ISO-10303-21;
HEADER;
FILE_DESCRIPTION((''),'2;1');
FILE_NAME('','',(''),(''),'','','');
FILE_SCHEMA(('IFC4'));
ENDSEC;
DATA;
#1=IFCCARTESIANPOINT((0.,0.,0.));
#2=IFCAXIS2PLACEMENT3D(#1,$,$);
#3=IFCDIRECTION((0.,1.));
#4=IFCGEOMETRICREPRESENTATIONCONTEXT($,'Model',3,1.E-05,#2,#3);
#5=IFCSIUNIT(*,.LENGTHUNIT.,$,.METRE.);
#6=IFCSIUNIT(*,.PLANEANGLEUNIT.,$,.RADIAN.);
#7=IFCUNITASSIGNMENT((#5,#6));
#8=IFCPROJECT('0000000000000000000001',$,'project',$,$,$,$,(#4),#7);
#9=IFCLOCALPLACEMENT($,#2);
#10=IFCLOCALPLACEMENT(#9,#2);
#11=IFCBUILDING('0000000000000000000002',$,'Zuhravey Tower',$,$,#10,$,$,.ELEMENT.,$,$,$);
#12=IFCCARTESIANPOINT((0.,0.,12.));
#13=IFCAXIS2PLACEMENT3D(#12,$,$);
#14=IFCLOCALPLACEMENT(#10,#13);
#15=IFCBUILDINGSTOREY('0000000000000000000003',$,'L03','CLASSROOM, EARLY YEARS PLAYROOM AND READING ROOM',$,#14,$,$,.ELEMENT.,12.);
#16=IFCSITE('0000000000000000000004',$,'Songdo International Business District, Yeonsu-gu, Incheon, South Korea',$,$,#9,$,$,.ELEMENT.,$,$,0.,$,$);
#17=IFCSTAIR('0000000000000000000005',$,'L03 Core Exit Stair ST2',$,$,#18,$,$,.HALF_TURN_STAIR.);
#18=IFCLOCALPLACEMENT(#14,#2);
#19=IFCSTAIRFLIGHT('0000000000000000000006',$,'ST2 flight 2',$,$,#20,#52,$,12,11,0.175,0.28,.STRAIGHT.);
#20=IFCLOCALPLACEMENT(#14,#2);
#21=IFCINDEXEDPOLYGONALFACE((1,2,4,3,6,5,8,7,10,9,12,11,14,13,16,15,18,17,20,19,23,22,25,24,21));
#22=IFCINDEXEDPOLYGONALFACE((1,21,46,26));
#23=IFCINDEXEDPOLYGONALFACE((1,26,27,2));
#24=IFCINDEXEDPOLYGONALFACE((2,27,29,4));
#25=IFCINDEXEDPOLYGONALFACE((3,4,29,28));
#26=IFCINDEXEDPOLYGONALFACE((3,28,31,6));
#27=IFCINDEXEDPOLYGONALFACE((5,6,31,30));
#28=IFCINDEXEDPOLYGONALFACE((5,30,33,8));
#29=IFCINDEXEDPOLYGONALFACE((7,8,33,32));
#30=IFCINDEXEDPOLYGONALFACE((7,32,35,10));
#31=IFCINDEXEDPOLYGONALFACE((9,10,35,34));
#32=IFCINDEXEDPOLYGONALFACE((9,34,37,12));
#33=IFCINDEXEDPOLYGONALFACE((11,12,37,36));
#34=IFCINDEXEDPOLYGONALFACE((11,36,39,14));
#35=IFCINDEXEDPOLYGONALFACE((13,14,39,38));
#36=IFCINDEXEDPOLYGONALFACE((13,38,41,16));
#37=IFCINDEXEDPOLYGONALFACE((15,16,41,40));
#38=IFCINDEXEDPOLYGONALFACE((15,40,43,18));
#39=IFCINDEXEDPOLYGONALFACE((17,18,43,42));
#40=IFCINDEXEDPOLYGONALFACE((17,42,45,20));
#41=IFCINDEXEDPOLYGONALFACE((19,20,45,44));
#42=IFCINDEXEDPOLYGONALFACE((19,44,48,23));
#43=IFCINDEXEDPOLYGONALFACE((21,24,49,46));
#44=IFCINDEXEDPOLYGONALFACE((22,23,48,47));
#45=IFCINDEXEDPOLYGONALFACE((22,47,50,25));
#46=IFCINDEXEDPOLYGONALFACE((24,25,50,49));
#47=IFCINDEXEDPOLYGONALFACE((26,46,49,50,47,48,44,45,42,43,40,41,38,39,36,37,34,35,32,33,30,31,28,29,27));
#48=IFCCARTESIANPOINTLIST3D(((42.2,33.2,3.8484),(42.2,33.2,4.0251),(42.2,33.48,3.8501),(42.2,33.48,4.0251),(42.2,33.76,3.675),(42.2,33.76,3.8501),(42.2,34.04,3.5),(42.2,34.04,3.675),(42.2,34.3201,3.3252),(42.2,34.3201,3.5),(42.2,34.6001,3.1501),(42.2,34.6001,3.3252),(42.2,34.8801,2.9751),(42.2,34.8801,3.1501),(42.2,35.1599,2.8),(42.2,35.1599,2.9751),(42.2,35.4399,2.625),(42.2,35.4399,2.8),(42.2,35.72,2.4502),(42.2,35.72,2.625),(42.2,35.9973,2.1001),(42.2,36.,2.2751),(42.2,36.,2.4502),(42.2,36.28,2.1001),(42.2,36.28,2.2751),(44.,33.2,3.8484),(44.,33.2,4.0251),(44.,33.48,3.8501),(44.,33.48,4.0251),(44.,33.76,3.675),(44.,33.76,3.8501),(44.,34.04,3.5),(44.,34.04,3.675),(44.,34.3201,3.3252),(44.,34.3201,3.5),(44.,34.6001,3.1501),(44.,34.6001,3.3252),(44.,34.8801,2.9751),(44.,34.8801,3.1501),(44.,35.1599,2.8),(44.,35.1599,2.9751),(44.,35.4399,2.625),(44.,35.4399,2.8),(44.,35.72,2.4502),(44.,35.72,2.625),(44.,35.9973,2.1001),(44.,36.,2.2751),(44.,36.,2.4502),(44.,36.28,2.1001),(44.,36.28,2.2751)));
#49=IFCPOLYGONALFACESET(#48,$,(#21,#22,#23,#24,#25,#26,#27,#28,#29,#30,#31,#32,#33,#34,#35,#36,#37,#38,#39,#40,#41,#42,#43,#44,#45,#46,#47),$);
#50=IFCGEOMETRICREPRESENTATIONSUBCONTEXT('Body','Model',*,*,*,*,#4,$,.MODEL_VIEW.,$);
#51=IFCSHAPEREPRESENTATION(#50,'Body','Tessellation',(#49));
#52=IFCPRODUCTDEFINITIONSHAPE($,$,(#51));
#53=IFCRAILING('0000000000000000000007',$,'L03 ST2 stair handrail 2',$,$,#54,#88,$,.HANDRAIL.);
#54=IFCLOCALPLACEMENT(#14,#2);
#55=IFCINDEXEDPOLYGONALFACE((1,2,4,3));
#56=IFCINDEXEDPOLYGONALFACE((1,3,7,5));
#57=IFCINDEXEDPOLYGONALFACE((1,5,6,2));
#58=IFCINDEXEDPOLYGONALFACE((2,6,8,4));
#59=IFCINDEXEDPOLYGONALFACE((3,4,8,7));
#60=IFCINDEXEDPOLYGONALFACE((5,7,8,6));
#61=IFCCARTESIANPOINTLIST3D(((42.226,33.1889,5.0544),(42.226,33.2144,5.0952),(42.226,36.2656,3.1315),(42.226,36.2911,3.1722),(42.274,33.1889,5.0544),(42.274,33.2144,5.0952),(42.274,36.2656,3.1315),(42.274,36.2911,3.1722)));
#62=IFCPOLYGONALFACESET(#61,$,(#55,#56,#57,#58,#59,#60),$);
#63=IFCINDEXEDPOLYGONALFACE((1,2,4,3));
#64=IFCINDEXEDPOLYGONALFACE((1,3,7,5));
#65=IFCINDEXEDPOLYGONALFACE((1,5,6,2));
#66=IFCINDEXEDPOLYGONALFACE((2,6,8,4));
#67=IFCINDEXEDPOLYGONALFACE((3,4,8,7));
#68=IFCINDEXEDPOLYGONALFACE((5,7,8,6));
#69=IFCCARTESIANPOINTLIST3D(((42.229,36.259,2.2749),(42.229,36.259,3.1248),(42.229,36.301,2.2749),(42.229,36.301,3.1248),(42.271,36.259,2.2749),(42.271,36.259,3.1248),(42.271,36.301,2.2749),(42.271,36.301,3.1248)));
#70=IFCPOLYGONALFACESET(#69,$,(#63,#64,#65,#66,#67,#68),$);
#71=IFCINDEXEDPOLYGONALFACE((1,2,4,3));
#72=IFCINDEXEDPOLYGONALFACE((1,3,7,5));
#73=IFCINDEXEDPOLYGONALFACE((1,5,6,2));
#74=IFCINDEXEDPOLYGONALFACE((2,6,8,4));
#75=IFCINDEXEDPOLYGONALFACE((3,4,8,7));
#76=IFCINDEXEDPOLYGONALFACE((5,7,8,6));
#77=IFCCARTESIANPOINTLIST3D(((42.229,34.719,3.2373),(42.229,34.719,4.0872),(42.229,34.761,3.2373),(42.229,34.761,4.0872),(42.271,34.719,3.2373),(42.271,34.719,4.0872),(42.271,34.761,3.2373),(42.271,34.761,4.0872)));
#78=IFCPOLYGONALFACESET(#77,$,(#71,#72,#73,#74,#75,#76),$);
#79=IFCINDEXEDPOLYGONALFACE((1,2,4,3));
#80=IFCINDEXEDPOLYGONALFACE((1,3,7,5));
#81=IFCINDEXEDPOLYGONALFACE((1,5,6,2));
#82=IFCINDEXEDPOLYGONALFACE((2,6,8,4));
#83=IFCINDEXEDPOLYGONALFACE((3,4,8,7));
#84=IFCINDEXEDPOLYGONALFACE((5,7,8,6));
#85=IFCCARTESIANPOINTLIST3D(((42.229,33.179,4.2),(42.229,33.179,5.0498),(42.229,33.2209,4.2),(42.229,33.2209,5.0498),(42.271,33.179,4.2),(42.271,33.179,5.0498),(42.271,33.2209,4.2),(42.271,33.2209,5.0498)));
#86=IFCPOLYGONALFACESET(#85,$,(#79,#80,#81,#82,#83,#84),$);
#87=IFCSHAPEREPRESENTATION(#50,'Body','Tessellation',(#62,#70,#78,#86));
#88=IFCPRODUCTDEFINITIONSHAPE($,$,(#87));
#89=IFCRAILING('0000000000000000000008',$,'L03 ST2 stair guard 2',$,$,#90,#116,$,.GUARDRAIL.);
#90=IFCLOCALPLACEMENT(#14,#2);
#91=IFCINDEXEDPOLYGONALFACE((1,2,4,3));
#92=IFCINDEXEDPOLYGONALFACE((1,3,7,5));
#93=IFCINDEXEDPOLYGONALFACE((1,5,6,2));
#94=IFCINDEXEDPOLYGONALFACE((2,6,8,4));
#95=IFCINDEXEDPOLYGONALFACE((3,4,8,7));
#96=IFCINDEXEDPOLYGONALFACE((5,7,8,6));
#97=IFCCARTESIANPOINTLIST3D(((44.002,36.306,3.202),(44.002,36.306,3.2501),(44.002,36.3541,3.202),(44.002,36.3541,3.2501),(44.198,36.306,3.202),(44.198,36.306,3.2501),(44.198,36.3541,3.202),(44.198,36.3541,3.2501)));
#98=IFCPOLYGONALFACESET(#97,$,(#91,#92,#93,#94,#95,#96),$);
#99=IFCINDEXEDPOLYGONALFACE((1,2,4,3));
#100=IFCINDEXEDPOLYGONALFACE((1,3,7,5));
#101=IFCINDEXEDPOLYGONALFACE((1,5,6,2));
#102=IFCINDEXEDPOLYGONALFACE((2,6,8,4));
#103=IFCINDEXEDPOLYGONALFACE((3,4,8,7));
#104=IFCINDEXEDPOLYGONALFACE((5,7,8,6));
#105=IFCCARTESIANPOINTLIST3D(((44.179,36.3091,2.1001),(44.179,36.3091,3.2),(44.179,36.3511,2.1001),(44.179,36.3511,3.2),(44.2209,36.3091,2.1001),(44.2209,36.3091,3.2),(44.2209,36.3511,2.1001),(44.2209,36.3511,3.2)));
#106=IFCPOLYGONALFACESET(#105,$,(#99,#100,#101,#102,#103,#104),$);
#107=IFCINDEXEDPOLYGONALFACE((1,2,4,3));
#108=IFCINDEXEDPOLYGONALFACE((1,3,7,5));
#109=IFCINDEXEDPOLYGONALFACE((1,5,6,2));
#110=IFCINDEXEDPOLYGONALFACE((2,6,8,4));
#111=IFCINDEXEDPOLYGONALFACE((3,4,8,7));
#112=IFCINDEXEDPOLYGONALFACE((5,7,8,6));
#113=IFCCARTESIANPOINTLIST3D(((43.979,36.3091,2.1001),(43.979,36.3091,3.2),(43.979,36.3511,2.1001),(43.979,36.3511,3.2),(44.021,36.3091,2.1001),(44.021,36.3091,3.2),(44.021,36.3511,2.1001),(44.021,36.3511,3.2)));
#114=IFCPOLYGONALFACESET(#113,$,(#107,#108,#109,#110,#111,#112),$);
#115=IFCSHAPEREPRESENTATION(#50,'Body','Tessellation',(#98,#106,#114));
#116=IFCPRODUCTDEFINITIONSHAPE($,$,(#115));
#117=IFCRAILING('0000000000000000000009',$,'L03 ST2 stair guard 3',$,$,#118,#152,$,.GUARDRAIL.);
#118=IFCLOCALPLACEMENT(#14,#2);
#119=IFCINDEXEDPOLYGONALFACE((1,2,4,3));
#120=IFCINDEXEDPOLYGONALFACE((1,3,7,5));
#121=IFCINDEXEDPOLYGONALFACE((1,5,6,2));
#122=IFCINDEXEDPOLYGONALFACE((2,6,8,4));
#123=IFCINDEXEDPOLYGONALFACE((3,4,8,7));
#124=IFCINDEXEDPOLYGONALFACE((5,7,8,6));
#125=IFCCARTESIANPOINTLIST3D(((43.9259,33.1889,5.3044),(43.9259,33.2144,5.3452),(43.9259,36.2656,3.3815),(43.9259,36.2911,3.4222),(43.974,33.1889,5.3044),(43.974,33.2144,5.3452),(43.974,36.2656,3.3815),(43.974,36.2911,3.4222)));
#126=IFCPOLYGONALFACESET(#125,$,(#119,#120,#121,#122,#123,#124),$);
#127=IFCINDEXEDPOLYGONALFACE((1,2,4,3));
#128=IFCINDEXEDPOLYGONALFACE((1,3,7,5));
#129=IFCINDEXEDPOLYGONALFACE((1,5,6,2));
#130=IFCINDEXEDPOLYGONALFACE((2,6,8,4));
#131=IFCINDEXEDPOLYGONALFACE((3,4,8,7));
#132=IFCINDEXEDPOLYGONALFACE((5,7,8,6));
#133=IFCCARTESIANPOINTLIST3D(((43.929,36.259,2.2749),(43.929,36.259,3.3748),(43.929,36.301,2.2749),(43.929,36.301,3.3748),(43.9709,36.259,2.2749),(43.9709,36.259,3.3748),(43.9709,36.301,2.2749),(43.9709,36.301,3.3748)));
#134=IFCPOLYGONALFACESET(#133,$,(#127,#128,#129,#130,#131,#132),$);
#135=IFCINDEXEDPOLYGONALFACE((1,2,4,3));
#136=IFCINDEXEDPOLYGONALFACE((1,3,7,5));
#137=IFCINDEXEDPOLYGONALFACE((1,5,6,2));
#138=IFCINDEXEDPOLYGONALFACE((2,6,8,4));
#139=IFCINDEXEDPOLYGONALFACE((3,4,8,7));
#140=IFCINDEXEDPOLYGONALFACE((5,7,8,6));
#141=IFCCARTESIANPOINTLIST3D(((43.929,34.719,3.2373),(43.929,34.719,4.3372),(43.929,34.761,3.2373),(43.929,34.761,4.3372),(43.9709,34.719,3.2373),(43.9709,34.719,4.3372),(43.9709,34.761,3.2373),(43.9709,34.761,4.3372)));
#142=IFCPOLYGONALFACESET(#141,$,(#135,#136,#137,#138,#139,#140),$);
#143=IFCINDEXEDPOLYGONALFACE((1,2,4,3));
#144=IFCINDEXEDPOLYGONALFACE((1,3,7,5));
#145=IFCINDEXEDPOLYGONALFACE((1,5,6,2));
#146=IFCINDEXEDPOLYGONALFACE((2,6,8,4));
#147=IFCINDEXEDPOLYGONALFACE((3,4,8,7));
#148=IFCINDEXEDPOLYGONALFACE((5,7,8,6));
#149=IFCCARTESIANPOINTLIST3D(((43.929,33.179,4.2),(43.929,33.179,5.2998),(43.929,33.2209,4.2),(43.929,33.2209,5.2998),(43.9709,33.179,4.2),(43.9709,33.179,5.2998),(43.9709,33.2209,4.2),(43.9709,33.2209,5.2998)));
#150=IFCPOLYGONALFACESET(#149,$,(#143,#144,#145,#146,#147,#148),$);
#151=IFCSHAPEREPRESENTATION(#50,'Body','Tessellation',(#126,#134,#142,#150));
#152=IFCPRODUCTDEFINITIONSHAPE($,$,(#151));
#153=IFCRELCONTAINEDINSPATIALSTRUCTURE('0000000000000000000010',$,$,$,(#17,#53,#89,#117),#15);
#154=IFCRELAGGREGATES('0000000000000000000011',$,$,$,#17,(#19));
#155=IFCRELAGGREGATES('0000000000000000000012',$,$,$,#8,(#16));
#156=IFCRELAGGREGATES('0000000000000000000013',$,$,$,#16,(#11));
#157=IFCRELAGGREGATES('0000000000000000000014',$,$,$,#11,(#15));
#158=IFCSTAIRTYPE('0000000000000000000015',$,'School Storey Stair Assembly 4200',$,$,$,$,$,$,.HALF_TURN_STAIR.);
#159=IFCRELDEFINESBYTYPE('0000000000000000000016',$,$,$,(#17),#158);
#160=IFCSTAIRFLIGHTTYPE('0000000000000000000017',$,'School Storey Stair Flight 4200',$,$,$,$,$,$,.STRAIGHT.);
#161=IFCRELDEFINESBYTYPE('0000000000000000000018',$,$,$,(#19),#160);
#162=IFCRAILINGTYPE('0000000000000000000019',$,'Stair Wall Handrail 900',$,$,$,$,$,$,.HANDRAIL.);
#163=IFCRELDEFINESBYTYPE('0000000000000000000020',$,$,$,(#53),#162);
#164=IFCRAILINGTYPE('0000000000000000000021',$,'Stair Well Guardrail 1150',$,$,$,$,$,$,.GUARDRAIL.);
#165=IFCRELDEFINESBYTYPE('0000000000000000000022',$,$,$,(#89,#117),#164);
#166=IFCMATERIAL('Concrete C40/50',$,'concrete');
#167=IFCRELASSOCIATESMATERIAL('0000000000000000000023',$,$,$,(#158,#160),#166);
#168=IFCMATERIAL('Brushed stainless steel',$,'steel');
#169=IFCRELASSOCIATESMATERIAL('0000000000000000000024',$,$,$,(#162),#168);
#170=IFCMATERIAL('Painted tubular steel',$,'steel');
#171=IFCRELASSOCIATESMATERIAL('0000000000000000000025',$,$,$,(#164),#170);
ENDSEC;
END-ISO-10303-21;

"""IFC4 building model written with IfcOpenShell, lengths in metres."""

from ifc_helpers import new_model, si_unit, direction, frame, origin, origin_2d, place, context, subcontext, project, spatial, polyline, rectangle, outline, extrude, material, type_object, element, aggregate, save


model = new_model("IFC4")

# Units and contexts
model_context = context("Model", 3, precision=1e-05, world=origin(), true_north=direction((0.0, 1.0)))
body_context = subcontext(model_context, "Body", "Model", "MODEL_VIEW")
ifc_project = project(units=[si_unit("LENGTHUNIT", "METRE"), si_unit("PLANEANGLEUNIT", "RADIAN")], contexts=[model_context])

# Site, building, storey
site_placement = place(None, origin())
site = spatial("IfcSite", under=ifc_project, at=site_placement, Name="Songdo International Business District, Yeonsu-gu, Incheon, South Korea", CompositionType="ELEMENT", RefElevation=0.0)
building_placement = place(site_placement, origin())
building = spatial("IfcBuilding", under=site, at=building_placement, Name="Zuhravey Tower", CompositionType="ELEMENT")
storey_placement = place(building_placement, frame((0.0, 0.0, 12.0)))
storey = spatial("IfcBuildingStorey", under=building, at=storey_placement, Name="L03", Description="CLASSROOM, EARLY YEARS PLAYROOM AND READING ROOM", CompositionType="ELEMENT", Elevation=12.0)

# Stair, stair flight
ifc_material_1 = material(Name="Concrete C40/50", Category="concrete")
stair_type = type_object("IfcStairType", Name="School Storey Stair Assembly 4200", PredefinedType="HALF_TURN_STAIR", material=ifc_material_1)
stair_placement = place(storey_placement, origin())
stair = element("IfcStair", 1, at=stair_placement, inside=storey, type_object=stair_type, Name="L03 Core Exit Stair ST2", PredefinedType="HALF_TURN_STAIR")
stair_flight_type = type_object("IfcStairFlightType", Name="School Storey Stair Flight 4200", PredefinedType="STRAIGHT", material=ifc_material_1)
stair_flight_placement = place(storey_placement, frame((43.1001, 36.28, 2.1001), z_axis=(0.0, 0.0, 1.0), x_axis=(0.0, -1.0, 0.0)))
stair_flight = element("IfcStairFlight", 2, at=stair_flight_placement, type_object=stair_flight_type, Name="ST2 flight 2", NumberOfRisers=12, NumberOfTreads=11, PredefinedType="STRAIGHT", RiserHeight=0.175, TreadLength=0.28, context=body_context, shape_type="SweptSolid", body=[
    extrude(outline(polyline([(0.0, 0.0), (0.0, 0.175), (0.28, 0.175), (0.28, 0.3501), (0.5601, 0.3501), (0.5601, 0.5249), (0.8401, 0.5249), (0.8401, 0.7), (1.1201, 0.7), (1.1201, 0.875), (1.3999, 0.875), (1.3999, 1.05), (1.6799, 1.05), (1.6799, 1.2251), (1.96, 1.2251), (1.96, 1.3999), (2.24, 1.3999), (2.24, 1.575), (2.52, 1.575), (2.52, 1.75), (2.8, 1.75), (2.8, 1.925), (3.0801, 1.925), (3.0801, 2.1001), (3.0801, 1.7483), (0.2827, 0.0), (0.0, 0.0)])), frame((0.0, 0.8999, 0.0), z_axis=(0.0, -1.0, 0.0), x_axis=(1.0, 0.0, 0.0)), (0.0, 0.0, 1.0), 1.8),
])
aggregate(stair, [stair_flight])

# Railings
ifc_material_2 = material(Name="Brushed stainless steel", Category="steel")
railing_type_1 = type_object("IfcRailingType", Name="Stair Wall Handrail 900", PredefinedType="HANDRAIL", material=ifc_material_2)
railing_1_placement = place(storey_placement, frame((42.25, 36.28, 2.2749)))
element("IfcRailing", 3, at=railing_1_placement, inside=storey, type_object=railing_type_1, Name="L03 ST2 stair handrail 2", PredefinedType="HANDRAIL", context=body_context, shape_type="SweptSolid", body=[
    extrude(rectangle(XDim=0.0481, YDim=0.0481, at=origin_2d()), frame((0.0, -0.0017, 0.877), z_axis=(0.0, -0.847998, 0.529999), x_axis=(1.0, 0.0, 0.0)), (0.0, 0.0, 1.0), 3.6282),
    extrude(rectangle(XDim=0.042, YDim=0.042, at=origin_2d()), origin(), (0.0, 0.0, 1.0), 0.8499),
    extrude(rectangle(XDim=0.042, YDim=0.042, at=origin_2d()), frame((0.0, -1.54, 0.9624)), (0.0, 0.0, 1.0), 0.8499),
    extrude(rectangle(XDim=0.042, YDim=0.042, at=origin_2d()), frame((0.0, -3.0801, 1.925)), (0.0, 0.0, 1.0), 0.8499),
])
ifc_material_3 = material(Name="Painted tubular steel", Category="steel")
railing_type_2 = type_object("IfcRailingType", Name="Stair Well Guardrail 1150", PredefinedType="GUARDRAIL", material=ifc_material_3)
railing_2_placement = place(storey_placement, frame((44.2, 36.3301, 2.1001)))
element("IfcRailing", 4, at=railing_2_placement, inside=storey, type_object=railing_type_2, Name="L03 ST2 stair guard 2", PredefinedType="GUARDRAIL", context=body_context, shape_type="SweptSolid", body=[
    extrude(rectangle(XDim=0.0481, YDim=0.0481, at=origin_2d()), frame((-0.002, 0.0, 1.126), z_axis=(-1.0, 0.0, 0.0), x_axis=(0.0, -1.0, 0.0)), (0.0, 0.0, 1.0), 0.196),
    extrude(rectangle(XDim=0.042, YDim=0.042, at=origin_2d()), origin(), (0.0, 0.0, 1.0), 1.0999),
    extrude(rectangle(XDim=0.042, YDim=0.042, at=origin_2d()), frame((-0.2, 0.0, 0.0)), (0.0, 0.0, 1.0), 1.0999),
])
railing_3_placement = place(storey_placement, frame((43.95, 36.28, 2.2749)))
element("IfcRailing", 5, at=railing_3_placement, inside=storey, type_object=railing_type_2, Name="L03 ST2 stair guard 3", PredefinedType="GUARDRAIL", context=body_context, shape_type="SweptSolid", body=[
    extrude(rectangle(XDim=0.0481, YDim=0.0481, at=origin_2d()), frame((0.0, -0.0017, 1.127), z_axis=(0.0, -0.847998, 0.529999), x_axis=(1.0, 0.0, 0.0)), (0.0, 0.0, 1.0), 3.6282),
    extrude(rectangle(XDim=0.042, YDim=0.042, at=origin_2d()), origin(), (0.0, 0.0, 1.0), 1.0999),
    extrude(rectangle(XDim=0.042, YDim=0.042, at=origin_2d()), frame((0.0, -1.54, 0.9624)), (0.0, 0.0, 1.0), 1.0999),
    extrude(rectangle(XDim=0.042, YDim=0.042, at=origin_2d()), frame((0.0, -3.0801, 1.925)), (0.0, 0.0, 1.0), 1.0999),
])

save(model, "model.ifc")
